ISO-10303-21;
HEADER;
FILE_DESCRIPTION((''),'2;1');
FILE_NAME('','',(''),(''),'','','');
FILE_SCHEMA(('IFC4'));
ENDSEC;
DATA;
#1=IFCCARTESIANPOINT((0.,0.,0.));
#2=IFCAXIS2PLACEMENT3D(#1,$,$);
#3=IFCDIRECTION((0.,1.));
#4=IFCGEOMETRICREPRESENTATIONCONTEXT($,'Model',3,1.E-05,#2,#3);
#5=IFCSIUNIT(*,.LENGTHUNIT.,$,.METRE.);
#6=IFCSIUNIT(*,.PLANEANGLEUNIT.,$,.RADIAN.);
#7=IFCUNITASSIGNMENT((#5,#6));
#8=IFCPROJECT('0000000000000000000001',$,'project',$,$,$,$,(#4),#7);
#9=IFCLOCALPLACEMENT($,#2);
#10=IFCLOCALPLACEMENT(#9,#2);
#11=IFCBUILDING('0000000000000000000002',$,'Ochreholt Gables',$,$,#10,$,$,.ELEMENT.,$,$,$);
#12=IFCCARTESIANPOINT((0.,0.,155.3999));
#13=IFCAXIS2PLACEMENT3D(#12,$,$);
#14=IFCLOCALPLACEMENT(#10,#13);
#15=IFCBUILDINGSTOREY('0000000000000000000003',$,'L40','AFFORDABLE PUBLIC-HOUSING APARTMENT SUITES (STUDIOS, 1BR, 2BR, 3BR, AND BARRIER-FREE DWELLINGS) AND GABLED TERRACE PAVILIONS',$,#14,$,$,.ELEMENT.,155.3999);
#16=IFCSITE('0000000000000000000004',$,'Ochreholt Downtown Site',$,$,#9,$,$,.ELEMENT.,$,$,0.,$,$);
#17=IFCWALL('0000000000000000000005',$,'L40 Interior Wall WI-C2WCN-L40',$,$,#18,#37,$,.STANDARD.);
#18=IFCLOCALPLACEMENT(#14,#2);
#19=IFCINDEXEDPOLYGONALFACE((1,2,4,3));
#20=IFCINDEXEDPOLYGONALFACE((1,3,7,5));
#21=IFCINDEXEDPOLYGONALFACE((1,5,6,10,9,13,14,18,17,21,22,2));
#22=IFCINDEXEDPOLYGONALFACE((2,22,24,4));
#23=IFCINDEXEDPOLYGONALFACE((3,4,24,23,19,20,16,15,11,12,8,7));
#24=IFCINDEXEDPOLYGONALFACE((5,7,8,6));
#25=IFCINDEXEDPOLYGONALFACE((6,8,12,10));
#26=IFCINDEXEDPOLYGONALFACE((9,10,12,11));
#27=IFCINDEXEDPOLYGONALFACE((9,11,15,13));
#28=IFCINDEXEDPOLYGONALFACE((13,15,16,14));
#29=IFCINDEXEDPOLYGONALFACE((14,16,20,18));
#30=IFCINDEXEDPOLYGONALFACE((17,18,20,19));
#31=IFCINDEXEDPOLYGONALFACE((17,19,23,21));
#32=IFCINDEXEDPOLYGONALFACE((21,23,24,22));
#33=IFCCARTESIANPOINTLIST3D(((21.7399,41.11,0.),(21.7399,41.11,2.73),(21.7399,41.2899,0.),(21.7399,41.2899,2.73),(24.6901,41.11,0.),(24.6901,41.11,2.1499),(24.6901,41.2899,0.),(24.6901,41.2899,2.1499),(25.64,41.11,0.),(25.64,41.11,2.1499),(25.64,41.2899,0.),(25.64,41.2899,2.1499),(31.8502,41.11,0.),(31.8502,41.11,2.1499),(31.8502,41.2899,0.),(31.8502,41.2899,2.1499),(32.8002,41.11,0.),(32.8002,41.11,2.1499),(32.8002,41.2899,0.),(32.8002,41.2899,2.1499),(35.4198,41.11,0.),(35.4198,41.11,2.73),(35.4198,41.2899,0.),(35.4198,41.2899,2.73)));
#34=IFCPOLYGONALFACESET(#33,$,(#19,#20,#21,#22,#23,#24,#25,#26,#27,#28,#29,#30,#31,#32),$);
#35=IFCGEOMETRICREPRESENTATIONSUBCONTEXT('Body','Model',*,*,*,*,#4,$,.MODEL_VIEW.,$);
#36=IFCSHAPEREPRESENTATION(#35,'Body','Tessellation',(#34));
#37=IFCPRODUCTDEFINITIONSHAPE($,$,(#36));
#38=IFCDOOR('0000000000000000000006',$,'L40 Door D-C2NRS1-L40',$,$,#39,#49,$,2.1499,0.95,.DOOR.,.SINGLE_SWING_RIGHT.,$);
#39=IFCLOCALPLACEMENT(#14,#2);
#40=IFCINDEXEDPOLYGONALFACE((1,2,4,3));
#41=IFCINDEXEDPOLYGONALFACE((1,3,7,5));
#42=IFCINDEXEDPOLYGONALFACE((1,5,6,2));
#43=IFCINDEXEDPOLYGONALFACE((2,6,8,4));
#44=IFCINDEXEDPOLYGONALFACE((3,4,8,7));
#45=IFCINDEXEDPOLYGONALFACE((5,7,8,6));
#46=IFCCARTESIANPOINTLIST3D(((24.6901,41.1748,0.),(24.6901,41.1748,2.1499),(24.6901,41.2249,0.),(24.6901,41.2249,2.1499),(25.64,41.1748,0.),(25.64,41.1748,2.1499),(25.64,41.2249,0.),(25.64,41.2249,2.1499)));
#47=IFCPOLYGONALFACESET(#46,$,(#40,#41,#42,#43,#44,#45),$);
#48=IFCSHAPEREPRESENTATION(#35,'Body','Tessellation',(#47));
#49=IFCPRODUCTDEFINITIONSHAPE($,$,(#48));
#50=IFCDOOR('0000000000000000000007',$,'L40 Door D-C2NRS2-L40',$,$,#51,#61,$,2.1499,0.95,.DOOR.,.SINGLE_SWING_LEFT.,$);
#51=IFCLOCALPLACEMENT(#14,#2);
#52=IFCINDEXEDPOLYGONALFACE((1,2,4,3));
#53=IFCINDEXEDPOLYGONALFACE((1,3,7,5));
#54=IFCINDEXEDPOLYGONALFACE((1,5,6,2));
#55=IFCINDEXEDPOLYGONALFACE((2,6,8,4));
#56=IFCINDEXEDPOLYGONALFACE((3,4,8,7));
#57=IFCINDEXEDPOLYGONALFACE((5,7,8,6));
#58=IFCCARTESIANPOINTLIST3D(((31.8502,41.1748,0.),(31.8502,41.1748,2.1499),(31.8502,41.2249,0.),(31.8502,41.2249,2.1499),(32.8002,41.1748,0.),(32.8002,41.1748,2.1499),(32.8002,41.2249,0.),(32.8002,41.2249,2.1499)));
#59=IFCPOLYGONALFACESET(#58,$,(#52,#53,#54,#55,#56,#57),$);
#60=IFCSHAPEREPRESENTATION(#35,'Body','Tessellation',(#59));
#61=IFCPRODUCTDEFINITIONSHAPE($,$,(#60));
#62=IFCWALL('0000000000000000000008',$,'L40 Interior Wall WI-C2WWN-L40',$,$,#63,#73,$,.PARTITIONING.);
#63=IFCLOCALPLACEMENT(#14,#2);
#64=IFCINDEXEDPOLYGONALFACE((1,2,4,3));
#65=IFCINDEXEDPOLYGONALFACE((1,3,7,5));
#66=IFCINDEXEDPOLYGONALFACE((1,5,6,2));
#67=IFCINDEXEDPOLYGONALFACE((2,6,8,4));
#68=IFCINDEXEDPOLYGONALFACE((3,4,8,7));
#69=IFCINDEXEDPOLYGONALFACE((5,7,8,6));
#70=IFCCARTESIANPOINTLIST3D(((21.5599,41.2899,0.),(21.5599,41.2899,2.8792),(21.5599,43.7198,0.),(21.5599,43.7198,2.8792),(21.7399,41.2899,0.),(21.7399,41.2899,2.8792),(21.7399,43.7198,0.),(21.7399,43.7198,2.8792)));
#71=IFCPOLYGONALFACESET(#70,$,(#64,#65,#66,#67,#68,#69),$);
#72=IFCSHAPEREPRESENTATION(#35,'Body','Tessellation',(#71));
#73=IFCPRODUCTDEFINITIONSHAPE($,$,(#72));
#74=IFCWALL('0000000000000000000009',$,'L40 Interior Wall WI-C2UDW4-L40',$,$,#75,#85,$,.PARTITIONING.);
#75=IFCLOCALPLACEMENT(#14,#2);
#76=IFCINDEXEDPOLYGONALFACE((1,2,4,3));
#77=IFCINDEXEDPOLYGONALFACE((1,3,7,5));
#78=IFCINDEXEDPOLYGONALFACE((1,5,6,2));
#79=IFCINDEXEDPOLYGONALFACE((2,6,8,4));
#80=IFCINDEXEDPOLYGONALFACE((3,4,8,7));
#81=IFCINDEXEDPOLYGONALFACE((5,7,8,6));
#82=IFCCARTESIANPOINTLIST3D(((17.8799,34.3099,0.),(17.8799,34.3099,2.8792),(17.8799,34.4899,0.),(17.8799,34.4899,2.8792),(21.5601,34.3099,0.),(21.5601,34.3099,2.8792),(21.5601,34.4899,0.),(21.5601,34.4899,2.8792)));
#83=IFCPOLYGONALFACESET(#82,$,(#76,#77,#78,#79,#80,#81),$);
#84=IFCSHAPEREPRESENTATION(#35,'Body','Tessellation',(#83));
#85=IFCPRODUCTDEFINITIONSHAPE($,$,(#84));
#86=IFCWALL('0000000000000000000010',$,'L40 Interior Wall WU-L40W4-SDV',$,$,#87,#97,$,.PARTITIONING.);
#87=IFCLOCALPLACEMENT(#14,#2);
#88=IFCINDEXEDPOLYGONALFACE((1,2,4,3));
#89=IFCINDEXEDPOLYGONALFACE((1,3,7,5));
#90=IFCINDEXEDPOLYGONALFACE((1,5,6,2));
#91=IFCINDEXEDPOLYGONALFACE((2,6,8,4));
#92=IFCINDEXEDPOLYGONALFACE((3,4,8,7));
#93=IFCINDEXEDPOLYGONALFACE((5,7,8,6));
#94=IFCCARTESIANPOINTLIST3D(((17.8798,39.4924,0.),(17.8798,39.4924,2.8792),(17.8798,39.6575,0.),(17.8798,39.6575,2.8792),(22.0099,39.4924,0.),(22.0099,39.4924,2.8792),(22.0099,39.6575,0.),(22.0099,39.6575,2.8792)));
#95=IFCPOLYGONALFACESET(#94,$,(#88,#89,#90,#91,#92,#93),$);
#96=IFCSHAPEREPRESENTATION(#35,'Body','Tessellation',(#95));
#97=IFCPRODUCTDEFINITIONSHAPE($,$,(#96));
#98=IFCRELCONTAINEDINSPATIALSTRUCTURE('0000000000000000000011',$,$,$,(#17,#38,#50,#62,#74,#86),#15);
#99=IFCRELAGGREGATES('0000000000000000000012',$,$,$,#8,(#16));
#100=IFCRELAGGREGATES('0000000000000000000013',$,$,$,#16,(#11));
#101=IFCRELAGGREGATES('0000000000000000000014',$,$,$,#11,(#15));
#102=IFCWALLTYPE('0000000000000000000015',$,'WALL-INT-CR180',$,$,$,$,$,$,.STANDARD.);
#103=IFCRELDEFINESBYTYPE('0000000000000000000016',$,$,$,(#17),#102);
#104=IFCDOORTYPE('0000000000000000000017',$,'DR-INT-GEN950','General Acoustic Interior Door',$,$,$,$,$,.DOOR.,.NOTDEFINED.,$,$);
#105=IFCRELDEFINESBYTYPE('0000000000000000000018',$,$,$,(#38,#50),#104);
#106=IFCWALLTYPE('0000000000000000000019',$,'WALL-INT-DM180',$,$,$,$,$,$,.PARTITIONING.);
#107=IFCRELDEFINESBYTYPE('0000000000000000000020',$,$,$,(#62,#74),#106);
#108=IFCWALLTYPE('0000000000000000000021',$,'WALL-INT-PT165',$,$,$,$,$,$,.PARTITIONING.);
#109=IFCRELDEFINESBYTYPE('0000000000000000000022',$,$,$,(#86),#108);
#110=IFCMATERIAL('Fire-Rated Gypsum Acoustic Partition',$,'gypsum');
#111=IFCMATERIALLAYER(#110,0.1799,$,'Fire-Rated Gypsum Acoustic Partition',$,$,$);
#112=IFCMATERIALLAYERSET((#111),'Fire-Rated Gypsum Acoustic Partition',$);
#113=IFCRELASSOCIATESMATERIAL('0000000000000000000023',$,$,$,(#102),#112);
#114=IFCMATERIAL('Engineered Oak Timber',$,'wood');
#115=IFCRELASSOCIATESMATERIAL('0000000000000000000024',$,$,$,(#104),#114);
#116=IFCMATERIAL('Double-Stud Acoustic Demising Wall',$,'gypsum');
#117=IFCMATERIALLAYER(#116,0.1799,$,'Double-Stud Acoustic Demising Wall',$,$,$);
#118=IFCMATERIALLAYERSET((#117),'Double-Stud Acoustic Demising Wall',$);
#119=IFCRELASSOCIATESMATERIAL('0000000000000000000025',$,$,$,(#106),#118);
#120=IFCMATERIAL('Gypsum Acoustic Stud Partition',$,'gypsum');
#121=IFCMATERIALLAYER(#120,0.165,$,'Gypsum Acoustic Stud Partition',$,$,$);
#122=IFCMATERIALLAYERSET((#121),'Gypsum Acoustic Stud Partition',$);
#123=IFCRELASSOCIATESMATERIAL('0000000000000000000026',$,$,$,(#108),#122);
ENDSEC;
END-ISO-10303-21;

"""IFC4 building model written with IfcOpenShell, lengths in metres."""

from ifc_helpers import new_model, si_unit, direction, frame, frame_2d, origin, place, context, subcontext, project, spatial, rectangle, extrude, material, layer, layer_set, type_object, element, fill, save


model = new_model("IFC4")

# Units and contexts
model_context = context("Model", 3, precision=1e-05, world=origin(), true_north=direction((0.0, 1.0)))
body_context = subcontext(model_context, "Body", "Model", "MODEL_VIEW")
ifc_project = project(units=[si_unit("LENGTHUNIT", "METRE"), si_unit("PLANEANGLEUNIT", "RADIAN")], contexts=[model_context])

# Site, building, storey
site_placement = place(None, origin())
site = spatial("IfcSite", under=ifc_project, at=site_placement, Name="Ochreholt Downtown Site", CompositionType="ELEMENT", RefElevation=0.0)
building_placement = place(site_placement, origin())
building = spatial("IfcBuilding", under=site, at=building_placement, Name="Ochreholt Gables", CompositionType="ELEMENT")
storey_placement = place(building_placement, frame((0.0, 0.0, 155.3999)))
storey = spatial("IfcBuildingStorey", under=building, at=storey_placement, Name="L40", Description="AFFORDABLE PUBLIC-HOUSING APARTMENT SUITES (STUDIOS, 1BR, 2BR, 3BR, AND BARRIER-FREE DWELLINGS) AND GABLED TERRACE PAVILIONS", CompositionType="ELEMENT", Elevation=155.3999)

# Wall, openings, doors
ifc_material_1 = material(Name="Fire-Rated Gypsum Acoustic Partition", Category="gypsum")
ifc_layer_1 = layer(ifc_material_1, 0.1799, Name="Fire-Rated Gypsum Acoustic Partition")
ifc_layer_set_1 = layer_set([ifc_layer_1], Name="Fire-Rated Gypsum Acoustic Partition")
wall_type_1 = type_object("IfcWallType", Name="WALL-INT-CR180", PredefinedType="STANDARD", material=ifc_layer_set_1)
wall_1_placement = place(storey_placement, frame((21.74, 41.2, 0.0), z_axis=(0.0, 0.0, 1.0), x_axis=(1.0, 0.0, 0.0)))
wall_1 = element("IfcWall", 1, at=wall_1_placement, inside=storey, type_object=wall_type_1, Name="L40 Interior Wall WI-C2WCN-L40", PredefinedType="STANDARD", context=body_context, shape_type="SweptSolid", body=[
    extrude(rectangle(XDim=13.6799, YDim=0.1799, at=frame_2d((6.8398, 0.0))), origin(), (0.0, 0.0, 1.0), 2.73),
])
opening_1_placement = place(wall_1_placement, frame((2.95, 0.0, 0.0)))
opening_1 = element("IfcOpeningElement", 2, at=opening_1_placement, cuts=wall_1, PredefinedType="OPENING", context=body_context, shape_type="SweptSolid", body=[
    extrude(rectangle(XDim=0.95, YDim=2.1499, at=frame_2d((0.4751, 1.075))), frame((0.0, 0.0999, 0.0), z_axis=(0.0, -1.0, 0.0), x_axis=(1.0, 0.0, 0.0)), (0.0, 0.0, 1.0), 0.2),
])
opening_2_placement = place(wall_1_placement, frame((10.1101, 0.0, 0.0)))
opening_2 = element("IfcOpeningElement", 3, at=opening_2_placement, cuts=wall_1, PredefinedType="OPENING", context=body_context, shape_type="SweptSolid", body=[
    extrude(rectangle(XDim=0.95, YDim=2.1499, at=frame_2d((0.4751, 1.075))), frame((0.0, 0.0999, 0.0), z_axis=(0.0, -1.0, 0.0), x_axis=(1.0, 0.0, 0.0)), (0.0, 0.0, 1.0), 0.2),
])
ifc_material_2 = material(Name="Engineered Oak Timber", Category="wood")
door_type = type_object("IfcDoorType", Name="DR-INT-GEN950", Description="General Acoustic Interior Door", OperationType="NOTDEFINED", PredefinedType="DOOR", material=ifc_material_2)
door_1_placement = place(opening_1_placement, origin())
door_1 = element("IfcDoor", 4, at=door_1_placement, inside=storey, type_object=door_type, Name="L40 Door D-C2NRS1-L40", OperationType="SINGLE_SWING_RIGHT", OverallHeight=2.1499, OverallWidth=0.95, PredefinedType="DOOR", context=body_context, shape_type="SweptSolid", body=[
    extrude(rectangle(XDim=0.95, YDim=2.1499, at=frame_2d((0.4751, 1.075))), frame((0.0, 0.0249, 0.0), z_axis=(0.0, -1.0, 0.0), x_axis=(1.0, 0.0, 0.0)), (0.0, 0.0, 1.0), 0.05),
])
fill(opening_1, door_1)
door_2_placement = place(opening_2_placement, origin())
door_2 = element("IfcDoor", 5, at=door_2_placement, inside=storey, type_object=door_type, Name="L40 Door D-C2NRS2-L40", OperationType="SINGLE_SWING_LEFT", OverallHeight=2.1499, OverallWidth=0.95, PredefinedType="DOOR", context=body_context, shape_type="SweptSolid", body=[
    extrude(rectangle(XDim=0.95, YDim=2.1499, at=frame_2d((0.4751, 1.075))), frame((0.0, 0.0249, 0.0), z_axis=(0.0, -1.0, 0.0), x_axis=(1.0, 0.0, 0.0)), (0.0, 0.0, 1.0), 0.05),
])
fill(opening_2, door_2)

# Walls
ifc_material_3 = material(Name="Double-Stud Acoustic Demising Wall", Category="gypsum")
ifc_layer_2 = layer(ifc_material_3, 0.1799, Name="Double-Stud Acoustic Demising Wall")
ifc_layer_set_2 = layer_set([ifc_layer_2], Name="Double-Stud Acoustic Demising Wall")
wall_type_2 = type_object("IfcWallType", Name="WALL-INT-DM180", PredefinedType="PARTITIONING", material=ifc_layer_set_2)
wall_2_placement = place(storey_placement, frame((21.6499, 41.29, 0.0), z_axis=(0.0, 0.0, 1.0), x_axis=(0.0, 1.0, 0.0)))
element("IfcWall", 6, at=wall_2_placement, inside=storey, type_object=wall_type_2, Name="L40 Interior Wall WI-C2WWN-L40", PredefinedType="PARTITIONING", context=body_context, shape_type="SweptSolid", body=[
    extrude(rectangle(XDim=2.4299, YDim=0.1799, at=frame_2d((1.2148, 0.0))), origin(), (0.0, 0.0, 1.0), 2.8792),
])
wall_3_placement = place(storey_placement, frame((17.8799, 34.3999, 0.0), z_axis=(0.0, 0.0, 1.0), x_axis=(1.0, 0.0, 0.0)))
element("IfcWall", 7, at=wall_3_placement, inside=storey, type_object=wall_type_2, Name="L40 Interior Wall WI-C2UDW4-L40", PredefinedType="PARTITIONING", context=body_context, shape_type="SweptSolid", body=[
    extrude(rectangle(XDim=3.6802, YDim=0.1799, at=frame_2d((1.8401, 0.0))), origin(), (0.0, 0.0, 1.0), 2.8792),
])
ifc_material_4 = material(Name="Gypsum Acoustic Stud Partition", Category="gypsum")
ifc_layer_3 = layer(ifc_material_4, 0.165, Name="Gypsum Acoustic Stud Partition")
ifc_layer_set_3 = layer_set([ifc_layer_3], Name="Gypsum Acoustic Stud Partition")
wall_type_3 = type_object("IfcWallType", Name="WALL-INT-PT165", PredefinedType="PARTITIONING", material=ifc_layer_set_3)
wall_4_placement = place(storey_placement, frame((17.8799, 39.575, 0.0), z_axis=(0.0, 0.0, 1.0), x_axis=(1.0, 0.0, 0.0)))
element("IfcWall", 8, at=wall_4_placement, inside=storey, type_object=wall_type_3, Name="L40 Interior Wall WU-L40W4-SDV", PredefinedType="PARTITIONING", context=body_context, shape_type="SweptSolid", body=[
    extrude(rectangle(XDim=4.1301, YDim=0.165, at=frame_2d((2.0649, 0.0))), origin(), (0.0, 0.0, 1.0), 2.8792),
])

save(model, "model.ifc")
